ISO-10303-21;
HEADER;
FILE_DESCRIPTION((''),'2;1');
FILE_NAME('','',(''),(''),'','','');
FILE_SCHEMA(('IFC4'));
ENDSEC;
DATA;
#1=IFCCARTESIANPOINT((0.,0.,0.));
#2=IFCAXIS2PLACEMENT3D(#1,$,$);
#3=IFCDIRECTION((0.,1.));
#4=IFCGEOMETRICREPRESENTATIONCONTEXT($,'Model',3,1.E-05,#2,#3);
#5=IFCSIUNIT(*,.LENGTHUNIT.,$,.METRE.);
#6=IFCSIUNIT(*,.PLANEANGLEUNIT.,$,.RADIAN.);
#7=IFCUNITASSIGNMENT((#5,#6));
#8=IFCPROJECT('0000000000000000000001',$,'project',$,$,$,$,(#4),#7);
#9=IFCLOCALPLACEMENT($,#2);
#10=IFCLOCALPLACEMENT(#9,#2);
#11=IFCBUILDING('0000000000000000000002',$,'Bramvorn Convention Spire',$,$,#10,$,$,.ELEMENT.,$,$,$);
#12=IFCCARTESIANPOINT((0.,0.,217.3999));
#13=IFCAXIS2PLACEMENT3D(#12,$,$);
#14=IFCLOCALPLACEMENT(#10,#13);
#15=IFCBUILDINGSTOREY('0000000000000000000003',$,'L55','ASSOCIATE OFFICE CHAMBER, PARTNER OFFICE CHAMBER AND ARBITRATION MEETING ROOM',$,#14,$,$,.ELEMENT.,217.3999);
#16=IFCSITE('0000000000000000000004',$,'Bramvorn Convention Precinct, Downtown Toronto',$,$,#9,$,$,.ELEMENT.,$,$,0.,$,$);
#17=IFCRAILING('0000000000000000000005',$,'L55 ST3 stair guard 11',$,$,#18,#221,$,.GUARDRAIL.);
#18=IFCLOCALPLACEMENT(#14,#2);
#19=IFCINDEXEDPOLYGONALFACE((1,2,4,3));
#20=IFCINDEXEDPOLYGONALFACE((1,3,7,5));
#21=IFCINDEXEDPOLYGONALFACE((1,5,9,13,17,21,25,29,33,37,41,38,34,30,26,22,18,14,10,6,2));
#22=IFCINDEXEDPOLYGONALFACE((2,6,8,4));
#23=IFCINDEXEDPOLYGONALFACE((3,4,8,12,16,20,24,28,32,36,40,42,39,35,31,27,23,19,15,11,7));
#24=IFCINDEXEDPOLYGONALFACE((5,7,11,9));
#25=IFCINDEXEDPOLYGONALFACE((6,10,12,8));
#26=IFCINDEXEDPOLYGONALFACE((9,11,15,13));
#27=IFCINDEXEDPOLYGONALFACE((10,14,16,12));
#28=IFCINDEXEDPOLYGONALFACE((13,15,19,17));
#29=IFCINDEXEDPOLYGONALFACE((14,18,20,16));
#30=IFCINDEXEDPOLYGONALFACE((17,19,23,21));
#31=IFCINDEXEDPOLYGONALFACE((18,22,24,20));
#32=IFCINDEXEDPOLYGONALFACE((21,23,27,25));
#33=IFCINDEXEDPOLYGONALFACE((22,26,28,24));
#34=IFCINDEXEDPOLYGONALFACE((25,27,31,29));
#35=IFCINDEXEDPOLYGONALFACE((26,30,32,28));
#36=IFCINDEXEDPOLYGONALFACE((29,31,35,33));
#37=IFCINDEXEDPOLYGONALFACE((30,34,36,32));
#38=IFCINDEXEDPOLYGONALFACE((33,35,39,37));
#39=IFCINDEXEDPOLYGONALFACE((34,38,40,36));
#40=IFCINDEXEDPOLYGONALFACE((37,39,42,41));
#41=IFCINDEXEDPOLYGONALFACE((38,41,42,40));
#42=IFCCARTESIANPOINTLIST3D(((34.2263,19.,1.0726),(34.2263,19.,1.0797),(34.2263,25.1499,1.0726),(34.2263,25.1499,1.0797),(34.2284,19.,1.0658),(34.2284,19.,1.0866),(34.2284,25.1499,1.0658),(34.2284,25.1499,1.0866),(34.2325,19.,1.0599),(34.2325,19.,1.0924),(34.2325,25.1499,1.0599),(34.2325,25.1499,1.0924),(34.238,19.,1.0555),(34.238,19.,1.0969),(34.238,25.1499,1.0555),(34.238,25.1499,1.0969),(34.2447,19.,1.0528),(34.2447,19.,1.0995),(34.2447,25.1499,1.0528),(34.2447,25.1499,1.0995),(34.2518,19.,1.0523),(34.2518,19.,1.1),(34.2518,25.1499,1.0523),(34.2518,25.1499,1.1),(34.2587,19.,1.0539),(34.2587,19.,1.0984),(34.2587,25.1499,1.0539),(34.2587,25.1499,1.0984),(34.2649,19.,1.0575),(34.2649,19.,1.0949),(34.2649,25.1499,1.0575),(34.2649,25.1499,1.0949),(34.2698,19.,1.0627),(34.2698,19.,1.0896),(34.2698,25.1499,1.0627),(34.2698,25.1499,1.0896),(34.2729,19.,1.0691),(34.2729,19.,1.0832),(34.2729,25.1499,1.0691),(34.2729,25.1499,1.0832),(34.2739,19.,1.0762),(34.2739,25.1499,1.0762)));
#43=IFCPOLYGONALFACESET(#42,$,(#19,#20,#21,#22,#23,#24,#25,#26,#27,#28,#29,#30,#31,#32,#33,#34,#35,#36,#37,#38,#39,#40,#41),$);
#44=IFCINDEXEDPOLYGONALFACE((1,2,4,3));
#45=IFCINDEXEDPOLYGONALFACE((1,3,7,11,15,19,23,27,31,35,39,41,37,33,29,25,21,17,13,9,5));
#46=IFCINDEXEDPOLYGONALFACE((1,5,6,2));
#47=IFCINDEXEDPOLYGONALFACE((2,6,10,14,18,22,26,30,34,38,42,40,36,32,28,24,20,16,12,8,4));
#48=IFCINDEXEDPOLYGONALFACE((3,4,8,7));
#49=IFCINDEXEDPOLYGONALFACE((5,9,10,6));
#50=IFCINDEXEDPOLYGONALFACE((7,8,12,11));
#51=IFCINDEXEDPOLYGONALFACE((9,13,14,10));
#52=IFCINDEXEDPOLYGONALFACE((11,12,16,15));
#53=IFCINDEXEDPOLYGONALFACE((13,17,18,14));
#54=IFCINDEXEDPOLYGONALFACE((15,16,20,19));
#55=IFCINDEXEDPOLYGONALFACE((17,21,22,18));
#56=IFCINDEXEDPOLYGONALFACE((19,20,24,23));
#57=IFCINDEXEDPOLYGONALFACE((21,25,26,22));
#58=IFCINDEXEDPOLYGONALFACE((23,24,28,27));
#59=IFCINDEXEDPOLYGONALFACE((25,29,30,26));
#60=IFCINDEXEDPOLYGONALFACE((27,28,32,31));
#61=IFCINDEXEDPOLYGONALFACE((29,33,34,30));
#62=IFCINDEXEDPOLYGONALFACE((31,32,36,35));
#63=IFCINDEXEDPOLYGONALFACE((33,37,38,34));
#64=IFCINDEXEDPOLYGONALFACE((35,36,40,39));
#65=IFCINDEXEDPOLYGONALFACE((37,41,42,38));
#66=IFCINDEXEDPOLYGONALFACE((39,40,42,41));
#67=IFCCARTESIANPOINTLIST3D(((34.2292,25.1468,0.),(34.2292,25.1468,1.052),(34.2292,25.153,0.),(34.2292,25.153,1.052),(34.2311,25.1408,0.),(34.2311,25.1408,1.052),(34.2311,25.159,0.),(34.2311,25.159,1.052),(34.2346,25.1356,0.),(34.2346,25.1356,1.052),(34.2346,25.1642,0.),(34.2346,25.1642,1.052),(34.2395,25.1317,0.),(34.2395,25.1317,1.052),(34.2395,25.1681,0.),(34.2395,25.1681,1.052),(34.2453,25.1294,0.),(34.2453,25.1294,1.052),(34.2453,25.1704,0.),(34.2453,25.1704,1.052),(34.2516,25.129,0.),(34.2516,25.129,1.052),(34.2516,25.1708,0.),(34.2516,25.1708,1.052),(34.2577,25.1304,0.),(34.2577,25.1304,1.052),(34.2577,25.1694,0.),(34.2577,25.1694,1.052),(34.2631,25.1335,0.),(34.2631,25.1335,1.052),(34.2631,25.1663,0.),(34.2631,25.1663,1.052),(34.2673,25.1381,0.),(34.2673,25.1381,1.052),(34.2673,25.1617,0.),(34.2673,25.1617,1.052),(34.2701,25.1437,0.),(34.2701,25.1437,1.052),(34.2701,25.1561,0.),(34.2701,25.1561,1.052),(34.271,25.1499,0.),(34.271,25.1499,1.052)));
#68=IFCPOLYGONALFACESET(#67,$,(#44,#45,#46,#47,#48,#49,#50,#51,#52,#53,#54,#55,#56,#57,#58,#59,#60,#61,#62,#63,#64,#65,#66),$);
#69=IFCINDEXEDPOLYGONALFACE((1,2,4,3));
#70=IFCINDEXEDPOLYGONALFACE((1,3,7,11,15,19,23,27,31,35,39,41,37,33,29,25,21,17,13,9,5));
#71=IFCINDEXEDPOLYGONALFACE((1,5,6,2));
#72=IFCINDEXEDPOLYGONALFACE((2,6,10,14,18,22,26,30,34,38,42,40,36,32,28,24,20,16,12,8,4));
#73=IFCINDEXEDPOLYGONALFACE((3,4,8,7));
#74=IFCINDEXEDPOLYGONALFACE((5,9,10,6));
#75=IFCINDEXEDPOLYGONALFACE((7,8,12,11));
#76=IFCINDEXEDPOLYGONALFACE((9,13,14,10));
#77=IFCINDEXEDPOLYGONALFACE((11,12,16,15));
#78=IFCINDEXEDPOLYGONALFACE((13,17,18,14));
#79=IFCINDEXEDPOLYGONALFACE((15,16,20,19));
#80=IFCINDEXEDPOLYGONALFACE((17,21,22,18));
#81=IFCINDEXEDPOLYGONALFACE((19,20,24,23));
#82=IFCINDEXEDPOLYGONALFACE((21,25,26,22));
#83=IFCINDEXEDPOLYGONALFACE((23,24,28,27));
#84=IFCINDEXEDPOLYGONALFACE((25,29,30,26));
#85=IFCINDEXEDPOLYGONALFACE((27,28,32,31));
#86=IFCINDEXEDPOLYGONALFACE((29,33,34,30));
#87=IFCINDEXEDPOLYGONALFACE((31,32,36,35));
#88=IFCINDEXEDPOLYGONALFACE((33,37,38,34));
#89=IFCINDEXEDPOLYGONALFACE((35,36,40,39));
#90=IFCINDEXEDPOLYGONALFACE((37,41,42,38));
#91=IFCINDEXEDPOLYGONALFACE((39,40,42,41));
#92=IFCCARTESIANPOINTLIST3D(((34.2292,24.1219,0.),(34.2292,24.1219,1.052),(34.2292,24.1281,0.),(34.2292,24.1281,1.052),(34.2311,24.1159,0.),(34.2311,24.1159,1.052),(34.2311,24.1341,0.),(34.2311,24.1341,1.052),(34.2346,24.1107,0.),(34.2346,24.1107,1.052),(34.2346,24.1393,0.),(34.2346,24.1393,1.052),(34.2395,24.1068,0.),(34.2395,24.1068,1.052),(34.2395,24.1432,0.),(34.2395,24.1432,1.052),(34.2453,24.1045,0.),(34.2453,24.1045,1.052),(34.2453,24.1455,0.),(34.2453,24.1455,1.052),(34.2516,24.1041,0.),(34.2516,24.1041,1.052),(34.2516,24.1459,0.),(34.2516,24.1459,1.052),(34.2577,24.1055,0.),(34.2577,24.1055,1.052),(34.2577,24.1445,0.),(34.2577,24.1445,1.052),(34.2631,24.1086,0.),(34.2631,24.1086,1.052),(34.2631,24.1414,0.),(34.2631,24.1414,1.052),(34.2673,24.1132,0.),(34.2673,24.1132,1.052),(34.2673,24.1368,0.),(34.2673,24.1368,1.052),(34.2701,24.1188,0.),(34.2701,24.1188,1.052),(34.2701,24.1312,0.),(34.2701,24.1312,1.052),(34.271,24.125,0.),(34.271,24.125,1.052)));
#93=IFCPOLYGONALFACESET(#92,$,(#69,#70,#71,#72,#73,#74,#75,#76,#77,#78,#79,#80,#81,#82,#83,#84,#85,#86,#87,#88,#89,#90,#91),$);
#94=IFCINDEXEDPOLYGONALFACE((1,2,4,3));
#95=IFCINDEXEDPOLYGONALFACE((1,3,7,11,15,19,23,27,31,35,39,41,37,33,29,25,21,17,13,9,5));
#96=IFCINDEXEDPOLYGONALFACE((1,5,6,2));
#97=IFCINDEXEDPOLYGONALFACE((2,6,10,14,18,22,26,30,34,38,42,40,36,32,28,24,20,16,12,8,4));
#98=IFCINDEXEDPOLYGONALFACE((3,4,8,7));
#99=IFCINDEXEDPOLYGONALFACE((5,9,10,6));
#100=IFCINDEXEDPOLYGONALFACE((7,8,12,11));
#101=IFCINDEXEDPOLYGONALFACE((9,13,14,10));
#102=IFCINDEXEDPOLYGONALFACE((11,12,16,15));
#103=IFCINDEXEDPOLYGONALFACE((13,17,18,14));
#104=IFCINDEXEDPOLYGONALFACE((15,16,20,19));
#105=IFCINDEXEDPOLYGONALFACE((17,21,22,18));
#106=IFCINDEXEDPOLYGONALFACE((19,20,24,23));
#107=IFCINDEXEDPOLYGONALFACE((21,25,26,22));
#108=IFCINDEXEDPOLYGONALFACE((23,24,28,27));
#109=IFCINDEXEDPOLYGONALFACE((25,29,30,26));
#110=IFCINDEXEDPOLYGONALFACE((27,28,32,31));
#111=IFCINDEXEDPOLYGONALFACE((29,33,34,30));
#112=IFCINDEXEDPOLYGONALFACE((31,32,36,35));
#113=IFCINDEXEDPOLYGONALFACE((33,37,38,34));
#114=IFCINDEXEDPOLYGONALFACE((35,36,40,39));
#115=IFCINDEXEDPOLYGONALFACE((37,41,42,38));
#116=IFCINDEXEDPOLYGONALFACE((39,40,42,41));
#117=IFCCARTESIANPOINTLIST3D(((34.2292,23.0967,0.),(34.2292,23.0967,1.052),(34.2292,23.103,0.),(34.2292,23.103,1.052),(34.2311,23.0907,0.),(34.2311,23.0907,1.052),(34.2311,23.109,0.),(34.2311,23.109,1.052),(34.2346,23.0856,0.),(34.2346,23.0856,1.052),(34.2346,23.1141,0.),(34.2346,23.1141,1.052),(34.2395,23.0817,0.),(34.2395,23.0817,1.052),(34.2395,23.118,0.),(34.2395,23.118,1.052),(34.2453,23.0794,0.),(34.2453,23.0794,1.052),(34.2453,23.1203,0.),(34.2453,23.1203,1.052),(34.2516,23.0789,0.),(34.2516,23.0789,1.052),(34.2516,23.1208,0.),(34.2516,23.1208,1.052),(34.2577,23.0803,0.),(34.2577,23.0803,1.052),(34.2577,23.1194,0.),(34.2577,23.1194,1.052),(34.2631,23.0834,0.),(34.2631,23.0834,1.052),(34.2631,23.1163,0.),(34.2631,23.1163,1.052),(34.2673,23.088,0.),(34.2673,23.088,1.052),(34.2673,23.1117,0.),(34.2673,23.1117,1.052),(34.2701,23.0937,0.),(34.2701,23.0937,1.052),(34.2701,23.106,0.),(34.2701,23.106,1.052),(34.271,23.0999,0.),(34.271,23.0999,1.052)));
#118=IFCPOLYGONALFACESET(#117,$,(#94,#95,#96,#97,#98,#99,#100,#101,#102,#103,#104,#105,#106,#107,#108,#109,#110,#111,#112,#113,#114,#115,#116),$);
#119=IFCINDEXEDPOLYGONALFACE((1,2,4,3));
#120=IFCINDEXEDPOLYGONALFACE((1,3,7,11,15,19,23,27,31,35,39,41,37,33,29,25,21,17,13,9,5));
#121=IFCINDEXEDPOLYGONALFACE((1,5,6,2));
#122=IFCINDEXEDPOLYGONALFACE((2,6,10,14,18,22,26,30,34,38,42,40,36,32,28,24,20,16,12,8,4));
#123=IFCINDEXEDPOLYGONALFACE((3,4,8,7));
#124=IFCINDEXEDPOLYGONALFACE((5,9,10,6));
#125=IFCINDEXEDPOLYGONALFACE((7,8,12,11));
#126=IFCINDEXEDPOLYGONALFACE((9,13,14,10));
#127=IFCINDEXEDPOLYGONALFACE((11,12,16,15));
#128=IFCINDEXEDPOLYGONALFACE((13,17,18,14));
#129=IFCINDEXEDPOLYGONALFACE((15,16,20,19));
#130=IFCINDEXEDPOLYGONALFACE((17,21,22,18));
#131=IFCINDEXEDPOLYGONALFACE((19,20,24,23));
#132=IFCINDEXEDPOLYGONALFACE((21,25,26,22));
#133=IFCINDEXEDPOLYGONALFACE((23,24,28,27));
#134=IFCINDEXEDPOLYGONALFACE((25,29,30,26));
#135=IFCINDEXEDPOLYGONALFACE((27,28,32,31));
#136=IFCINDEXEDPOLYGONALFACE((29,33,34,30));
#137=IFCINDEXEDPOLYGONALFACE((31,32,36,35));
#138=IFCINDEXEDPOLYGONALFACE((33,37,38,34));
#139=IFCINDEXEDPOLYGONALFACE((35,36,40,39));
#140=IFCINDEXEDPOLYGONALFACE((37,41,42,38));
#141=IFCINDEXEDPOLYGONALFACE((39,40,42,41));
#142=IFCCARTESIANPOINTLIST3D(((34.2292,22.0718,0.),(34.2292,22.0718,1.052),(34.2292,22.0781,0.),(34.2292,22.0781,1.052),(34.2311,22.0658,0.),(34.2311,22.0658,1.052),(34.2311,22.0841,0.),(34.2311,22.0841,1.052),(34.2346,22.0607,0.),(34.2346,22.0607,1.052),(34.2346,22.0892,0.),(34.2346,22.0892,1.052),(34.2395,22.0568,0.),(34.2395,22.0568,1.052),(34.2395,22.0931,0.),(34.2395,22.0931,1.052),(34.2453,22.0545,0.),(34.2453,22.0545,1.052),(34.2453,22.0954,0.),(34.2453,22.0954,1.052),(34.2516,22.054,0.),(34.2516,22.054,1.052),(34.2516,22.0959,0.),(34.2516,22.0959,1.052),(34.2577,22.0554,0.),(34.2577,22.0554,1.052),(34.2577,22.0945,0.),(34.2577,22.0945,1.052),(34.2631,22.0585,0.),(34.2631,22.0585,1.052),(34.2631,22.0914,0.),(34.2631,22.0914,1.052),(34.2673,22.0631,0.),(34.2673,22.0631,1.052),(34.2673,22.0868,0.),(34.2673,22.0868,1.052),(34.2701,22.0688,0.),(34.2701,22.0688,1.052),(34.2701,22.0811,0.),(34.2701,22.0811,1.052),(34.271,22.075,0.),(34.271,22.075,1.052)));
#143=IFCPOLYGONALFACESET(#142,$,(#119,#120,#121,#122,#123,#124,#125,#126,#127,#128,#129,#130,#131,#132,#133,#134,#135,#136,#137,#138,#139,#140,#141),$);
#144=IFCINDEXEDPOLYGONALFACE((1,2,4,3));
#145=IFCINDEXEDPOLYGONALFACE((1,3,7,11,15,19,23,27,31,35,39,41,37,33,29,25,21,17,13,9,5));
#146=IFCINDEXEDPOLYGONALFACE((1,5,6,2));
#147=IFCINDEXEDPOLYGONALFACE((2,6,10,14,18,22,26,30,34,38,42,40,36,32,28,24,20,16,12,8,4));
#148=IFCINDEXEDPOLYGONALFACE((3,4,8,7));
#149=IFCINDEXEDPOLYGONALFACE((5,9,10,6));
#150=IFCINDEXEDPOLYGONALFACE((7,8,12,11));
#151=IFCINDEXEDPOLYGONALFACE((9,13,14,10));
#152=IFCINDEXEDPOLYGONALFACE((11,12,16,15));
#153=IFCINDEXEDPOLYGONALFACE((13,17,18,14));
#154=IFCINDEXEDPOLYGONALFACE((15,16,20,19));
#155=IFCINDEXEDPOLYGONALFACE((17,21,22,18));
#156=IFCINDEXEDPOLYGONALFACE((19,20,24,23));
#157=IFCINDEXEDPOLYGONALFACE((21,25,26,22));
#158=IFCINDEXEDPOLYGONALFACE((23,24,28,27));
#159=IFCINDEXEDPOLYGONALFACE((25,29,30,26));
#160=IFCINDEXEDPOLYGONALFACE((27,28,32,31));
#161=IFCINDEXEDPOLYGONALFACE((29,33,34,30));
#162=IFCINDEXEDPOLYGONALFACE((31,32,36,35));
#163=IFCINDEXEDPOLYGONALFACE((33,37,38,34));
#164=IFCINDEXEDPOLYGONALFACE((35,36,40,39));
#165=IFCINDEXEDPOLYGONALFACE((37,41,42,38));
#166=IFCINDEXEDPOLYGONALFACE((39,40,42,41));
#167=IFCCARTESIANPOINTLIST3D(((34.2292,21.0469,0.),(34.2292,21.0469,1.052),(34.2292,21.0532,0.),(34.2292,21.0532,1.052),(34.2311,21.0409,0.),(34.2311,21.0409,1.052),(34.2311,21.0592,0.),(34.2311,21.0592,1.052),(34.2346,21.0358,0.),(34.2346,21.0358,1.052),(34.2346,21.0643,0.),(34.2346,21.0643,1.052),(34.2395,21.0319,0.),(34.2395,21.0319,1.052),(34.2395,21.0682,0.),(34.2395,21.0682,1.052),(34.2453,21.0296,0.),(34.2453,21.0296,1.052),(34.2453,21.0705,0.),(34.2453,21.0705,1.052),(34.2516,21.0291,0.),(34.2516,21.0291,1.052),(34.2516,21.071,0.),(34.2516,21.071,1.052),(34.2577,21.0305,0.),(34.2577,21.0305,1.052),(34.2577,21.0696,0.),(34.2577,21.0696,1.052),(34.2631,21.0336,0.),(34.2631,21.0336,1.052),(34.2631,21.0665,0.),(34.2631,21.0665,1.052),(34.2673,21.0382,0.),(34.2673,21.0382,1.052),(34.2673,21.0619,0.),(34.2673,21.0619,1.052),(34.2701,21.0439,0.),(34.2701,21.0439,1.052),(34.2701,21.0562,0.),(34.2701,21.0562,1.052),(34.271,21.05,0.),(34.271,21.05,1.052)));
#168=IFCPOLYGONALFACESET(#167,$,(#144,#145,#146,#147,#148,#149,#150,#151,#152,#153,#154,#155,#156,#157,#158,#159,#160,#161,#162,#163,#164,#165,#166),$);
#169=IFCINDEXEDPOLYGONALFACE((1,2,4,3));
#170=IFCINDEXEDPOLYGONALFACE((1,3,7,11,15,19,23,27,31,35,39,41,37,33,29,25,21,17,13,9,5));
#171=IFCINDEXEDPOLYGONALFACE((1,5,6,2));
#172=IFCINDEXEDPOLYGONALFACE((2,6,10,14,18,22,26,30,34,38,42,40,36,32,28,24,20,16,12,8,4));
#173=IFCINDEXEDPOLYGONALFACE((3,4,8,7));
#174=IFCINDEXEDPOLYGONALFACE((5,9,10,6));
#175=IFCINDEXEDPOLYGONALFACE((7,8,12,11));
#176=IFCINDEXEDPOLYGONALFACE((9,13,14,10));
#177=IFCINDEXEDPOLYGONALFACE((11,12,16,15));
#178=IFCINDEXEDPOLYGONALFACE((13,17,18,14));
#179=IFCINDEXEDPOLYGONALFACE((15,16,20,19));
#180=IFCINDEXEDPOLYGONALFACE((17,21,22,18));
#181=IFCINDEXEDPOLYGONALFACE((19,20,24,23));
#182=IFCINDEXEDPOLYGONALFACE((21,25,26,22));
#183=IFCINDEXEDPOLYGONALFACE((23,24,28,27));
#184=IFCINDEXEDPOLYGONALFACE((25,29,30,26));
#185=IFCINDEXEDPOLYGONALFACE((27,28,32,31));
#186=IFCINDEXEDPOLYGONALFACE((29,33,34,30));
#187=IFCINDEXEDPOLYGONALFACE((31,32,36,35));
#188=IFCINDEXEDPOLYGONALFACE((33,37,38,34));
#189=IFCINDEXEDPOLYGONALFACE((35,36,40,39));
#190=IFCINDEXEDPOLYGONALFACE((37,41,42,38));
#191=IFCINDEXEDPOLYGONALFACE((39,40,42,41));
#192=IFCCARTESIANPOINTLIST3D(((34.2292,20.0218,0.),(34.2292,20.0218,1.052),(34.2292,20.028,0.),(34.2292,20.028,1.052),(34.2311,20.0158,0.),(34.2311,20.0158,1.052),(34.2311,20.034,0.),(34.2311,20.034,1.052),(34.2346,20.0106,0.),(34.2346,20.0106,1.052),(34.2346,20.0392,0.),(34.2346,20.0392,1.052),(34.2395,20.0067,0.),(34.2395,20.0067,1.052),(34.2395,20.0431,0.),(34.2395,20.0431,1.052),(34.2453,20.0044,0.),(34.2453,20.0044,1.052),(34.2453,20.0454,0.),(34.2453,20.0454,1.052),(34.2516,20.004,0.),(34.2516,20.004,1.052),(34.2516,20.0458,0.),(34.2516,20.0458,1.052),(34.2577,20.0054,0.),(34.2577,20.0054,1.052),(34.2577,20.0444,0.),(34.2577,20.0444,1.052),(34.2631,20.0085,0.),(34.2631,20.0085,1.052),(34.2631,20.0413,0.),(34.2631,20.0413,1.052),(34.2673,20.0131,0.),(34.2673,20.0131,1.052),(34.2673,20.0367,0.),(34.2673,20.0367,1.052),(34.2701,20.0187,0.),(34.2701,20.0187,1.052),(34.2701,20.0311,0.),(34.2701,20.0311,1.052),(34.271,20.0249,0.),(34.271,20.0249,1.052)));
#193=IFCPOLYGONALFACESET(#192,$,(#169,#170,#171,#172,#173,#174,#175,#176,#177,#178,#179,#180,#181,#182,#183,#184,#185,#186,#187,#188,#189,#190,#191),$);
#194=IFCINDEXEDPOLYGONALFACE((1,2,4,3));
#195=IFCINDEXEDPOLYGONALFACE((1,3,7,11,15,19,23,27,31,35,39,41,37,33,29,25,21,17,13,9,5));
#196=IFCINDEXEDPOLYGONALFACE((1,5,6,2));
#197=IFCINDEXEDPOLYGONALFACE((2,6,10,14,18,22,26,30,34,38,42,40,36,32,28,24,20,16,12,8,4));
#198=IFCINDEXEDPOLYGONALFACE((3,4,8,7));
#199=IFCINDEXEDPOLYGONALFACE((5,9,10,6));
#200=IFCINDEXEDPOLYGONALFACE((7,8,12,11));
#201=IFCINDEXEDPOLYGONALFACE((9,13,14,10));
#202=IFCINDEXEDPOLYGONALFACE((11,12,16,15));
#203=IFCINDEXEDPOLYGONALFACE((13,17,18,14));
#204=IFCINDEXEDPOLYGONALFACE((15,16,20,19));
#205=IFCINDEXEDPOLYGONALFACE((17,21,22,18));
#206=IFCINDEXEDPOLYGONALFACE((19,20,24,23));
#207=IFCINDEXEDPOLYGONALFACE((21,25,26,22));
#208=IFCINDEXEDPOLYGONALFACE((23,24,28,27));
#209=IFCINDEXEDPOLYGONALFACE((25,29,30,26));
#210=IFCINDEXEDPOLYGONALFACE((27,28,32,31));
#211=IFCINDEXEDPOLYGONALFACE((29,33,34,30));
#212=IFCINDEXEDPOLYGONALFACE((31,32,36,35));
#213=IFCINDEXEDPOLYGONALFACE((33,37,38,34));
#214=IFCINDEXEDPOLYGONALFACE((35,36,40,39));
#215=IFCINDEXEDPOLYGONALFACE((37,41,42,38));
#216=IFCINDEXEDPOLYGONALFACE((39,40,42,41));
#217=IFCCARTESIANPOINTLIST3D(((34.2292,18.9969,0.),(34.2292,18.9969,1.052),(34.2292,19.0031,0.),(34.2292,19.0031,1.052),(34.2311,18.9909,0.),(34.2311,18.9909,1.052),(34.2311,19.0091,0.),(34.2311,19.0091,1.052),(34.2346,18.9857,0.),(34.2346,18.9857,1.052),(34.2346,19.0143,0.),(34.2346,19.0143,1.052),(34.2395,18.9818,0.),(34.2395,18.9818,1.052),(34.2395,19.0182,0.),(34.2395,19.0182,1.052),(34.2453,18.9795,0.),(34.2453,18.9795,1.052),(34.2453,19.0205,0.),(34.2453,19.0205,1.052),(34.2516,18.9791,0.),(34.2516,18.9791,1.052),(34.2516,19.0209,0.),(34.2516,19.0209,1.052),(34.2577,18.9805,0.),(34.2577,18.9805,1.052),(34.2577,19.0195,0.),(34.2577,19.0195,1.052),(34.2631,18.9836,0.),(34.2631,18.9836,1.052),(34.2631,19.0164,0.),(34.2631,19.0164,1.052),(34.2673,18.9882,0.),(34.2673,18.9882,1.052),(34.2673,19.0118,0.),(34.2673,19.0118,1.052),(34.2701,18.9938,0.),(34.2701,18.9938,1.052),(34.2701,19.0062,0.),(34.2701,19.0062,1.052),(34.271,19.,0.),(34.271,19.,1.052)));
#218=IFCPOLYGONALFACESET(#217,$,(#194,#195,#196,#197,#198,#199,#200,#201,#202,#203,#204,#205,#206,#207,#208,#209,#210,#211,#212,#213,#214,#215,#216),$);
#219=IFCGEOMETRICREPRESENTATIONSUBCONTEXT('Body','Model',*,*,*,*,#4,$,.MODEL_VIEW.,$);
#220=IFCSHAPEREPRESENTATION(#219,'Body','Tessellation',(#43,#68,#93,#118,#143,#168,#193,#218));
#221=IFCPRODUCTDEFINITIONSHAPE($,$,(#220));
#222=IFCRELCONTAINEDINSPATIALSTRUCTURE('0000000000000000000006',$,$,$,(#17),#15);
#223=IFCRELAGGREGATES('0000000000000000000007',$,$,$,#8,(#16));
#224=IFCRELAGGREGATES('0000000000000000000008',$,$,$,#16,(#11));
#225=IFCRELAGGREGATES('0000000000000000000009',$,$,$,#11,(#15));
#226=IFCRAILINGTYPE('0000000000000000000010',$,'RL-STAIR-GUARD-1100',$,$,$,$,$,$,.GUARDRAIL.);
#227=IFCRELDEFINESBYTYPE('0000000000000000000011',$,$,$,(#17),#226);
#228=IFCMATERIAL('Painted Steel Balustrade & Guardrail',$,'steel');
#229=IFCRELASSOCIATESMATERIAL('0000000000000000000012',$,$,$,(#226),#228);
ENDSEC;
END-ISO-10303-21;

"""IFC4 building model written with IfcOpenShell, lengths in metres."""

from ifc_helpers import new_model, si_unit, direction, frame, origin, origin_2d, place, context, subcontext, project, spatial, circle, extrude, material, type_object, element, save


model = new_model("IFC4")

# Units and contexts
model_context = context("Model", 3, precision=1e-05, world=origin(), true_north=direction((0.0, 1.0)))
body_context = subcontext(model_context, "Body", "Model", "MODEL_VIEW")
ifc_project = project(units=[si_unit("LENGTHUNIT", "METRE"), si_unit("PLANEANGLEUNIT", "RADIAN")], contexts=[model_context])

# Site, building, storey
site_placement = place(None, origin())
site = spatial("IfcSite", under=ifc_project, at=site_placement, Name="Bramvorn Convention Precinct, Downtown Toronto", CompositionType="ELEMENT", RefElevation=0.0)
building_placement = place(site_placement, origin())
building = spatial("IfcBuilding", under=site, at=building_placement, Name="Bramvorn Convention Spire", CompositionType="ELEMENT")
storey_placement = place(building_placement, frame((0.0, 0.0, 217.3999)))
storey = spatial("IfcBuildingStorey", under=building, at=storey_placement, Name="L55", Description="ASSOCIATE OFFICE CHAMBER, PARTNER OFFICE CHAMBER AND ARBITRATION MEETING ROOM", CompositionType="ELEMENT", Elevation=217.3999)

# Railing
ifc_material_1 = material(Name="Painted Steel Balustrade & Guardrail", Category="steel")
railing_type_1 = type_object("IfcRailingType", Name="RL-STAIR-GUARD-1100", PredefinedType="GUARDRAIL", material=ifc_material_1)
railing_1_placement = place(storey_placement, frame((34.25, 25.1499, 0.0)))
element("IfcRailing", 1, at=railing_1_placement, inside=storey, type_object=railing_type_1, Name="L55 ST3 stair guard 11", PredefinedType="GUARDRAIL", context=body_context, shape_type="SweptSolid", body=[
    extrude(circle(Radius=0.0239, at=origin_2d()), frame((0.0, 0.0, 1.0762), z_axis=(0.0, -1.0, 0.0), x_axis=(1.0, 0.0, 0.0)), (0.0, 0.0, 1.0), 6.1499),
    extrude(circle(Radius=0.021, at=origin_2d()), origin(), (0.0, 0.0, 1.0), 1.052),
    extrude(circle(Radius=0.021, at=origin_2d()), frame((0.0, -1.0249, 0.0)), (0.0, 0.0, 1.0), 1.052),
    extrude(circle(Radius=0.021, at=origin_2d()), frame((0.0, -2.05, 0.0)), (0.0, 0.0, 1.0), 1.052),
    extrude(circle(Radius=0.021, at=origin_2d()), frame((0.0, -3.075, 0.0)), (0.0, 0.0, 1.0), 1.052),
    extrude(circle(Radius=0.021, at=origin_2d()), frame((0.0, -4.0999, 0.0)), (0.0, 0.0, 1.0), 1.052),
    extrude(circle(Radius=0.021, at=origin_2d()), frame((0.0, -5.125, 0.0)), (0.0, 0.0, 1.0), 1.052),
    extrude(circle(Radius=0.021, at=origin_2d()), frame((0.0, -6.1499, 0.0)), (0.0, 0.0, 1.0), 1.052),
])

save(model, "model.ifc")
